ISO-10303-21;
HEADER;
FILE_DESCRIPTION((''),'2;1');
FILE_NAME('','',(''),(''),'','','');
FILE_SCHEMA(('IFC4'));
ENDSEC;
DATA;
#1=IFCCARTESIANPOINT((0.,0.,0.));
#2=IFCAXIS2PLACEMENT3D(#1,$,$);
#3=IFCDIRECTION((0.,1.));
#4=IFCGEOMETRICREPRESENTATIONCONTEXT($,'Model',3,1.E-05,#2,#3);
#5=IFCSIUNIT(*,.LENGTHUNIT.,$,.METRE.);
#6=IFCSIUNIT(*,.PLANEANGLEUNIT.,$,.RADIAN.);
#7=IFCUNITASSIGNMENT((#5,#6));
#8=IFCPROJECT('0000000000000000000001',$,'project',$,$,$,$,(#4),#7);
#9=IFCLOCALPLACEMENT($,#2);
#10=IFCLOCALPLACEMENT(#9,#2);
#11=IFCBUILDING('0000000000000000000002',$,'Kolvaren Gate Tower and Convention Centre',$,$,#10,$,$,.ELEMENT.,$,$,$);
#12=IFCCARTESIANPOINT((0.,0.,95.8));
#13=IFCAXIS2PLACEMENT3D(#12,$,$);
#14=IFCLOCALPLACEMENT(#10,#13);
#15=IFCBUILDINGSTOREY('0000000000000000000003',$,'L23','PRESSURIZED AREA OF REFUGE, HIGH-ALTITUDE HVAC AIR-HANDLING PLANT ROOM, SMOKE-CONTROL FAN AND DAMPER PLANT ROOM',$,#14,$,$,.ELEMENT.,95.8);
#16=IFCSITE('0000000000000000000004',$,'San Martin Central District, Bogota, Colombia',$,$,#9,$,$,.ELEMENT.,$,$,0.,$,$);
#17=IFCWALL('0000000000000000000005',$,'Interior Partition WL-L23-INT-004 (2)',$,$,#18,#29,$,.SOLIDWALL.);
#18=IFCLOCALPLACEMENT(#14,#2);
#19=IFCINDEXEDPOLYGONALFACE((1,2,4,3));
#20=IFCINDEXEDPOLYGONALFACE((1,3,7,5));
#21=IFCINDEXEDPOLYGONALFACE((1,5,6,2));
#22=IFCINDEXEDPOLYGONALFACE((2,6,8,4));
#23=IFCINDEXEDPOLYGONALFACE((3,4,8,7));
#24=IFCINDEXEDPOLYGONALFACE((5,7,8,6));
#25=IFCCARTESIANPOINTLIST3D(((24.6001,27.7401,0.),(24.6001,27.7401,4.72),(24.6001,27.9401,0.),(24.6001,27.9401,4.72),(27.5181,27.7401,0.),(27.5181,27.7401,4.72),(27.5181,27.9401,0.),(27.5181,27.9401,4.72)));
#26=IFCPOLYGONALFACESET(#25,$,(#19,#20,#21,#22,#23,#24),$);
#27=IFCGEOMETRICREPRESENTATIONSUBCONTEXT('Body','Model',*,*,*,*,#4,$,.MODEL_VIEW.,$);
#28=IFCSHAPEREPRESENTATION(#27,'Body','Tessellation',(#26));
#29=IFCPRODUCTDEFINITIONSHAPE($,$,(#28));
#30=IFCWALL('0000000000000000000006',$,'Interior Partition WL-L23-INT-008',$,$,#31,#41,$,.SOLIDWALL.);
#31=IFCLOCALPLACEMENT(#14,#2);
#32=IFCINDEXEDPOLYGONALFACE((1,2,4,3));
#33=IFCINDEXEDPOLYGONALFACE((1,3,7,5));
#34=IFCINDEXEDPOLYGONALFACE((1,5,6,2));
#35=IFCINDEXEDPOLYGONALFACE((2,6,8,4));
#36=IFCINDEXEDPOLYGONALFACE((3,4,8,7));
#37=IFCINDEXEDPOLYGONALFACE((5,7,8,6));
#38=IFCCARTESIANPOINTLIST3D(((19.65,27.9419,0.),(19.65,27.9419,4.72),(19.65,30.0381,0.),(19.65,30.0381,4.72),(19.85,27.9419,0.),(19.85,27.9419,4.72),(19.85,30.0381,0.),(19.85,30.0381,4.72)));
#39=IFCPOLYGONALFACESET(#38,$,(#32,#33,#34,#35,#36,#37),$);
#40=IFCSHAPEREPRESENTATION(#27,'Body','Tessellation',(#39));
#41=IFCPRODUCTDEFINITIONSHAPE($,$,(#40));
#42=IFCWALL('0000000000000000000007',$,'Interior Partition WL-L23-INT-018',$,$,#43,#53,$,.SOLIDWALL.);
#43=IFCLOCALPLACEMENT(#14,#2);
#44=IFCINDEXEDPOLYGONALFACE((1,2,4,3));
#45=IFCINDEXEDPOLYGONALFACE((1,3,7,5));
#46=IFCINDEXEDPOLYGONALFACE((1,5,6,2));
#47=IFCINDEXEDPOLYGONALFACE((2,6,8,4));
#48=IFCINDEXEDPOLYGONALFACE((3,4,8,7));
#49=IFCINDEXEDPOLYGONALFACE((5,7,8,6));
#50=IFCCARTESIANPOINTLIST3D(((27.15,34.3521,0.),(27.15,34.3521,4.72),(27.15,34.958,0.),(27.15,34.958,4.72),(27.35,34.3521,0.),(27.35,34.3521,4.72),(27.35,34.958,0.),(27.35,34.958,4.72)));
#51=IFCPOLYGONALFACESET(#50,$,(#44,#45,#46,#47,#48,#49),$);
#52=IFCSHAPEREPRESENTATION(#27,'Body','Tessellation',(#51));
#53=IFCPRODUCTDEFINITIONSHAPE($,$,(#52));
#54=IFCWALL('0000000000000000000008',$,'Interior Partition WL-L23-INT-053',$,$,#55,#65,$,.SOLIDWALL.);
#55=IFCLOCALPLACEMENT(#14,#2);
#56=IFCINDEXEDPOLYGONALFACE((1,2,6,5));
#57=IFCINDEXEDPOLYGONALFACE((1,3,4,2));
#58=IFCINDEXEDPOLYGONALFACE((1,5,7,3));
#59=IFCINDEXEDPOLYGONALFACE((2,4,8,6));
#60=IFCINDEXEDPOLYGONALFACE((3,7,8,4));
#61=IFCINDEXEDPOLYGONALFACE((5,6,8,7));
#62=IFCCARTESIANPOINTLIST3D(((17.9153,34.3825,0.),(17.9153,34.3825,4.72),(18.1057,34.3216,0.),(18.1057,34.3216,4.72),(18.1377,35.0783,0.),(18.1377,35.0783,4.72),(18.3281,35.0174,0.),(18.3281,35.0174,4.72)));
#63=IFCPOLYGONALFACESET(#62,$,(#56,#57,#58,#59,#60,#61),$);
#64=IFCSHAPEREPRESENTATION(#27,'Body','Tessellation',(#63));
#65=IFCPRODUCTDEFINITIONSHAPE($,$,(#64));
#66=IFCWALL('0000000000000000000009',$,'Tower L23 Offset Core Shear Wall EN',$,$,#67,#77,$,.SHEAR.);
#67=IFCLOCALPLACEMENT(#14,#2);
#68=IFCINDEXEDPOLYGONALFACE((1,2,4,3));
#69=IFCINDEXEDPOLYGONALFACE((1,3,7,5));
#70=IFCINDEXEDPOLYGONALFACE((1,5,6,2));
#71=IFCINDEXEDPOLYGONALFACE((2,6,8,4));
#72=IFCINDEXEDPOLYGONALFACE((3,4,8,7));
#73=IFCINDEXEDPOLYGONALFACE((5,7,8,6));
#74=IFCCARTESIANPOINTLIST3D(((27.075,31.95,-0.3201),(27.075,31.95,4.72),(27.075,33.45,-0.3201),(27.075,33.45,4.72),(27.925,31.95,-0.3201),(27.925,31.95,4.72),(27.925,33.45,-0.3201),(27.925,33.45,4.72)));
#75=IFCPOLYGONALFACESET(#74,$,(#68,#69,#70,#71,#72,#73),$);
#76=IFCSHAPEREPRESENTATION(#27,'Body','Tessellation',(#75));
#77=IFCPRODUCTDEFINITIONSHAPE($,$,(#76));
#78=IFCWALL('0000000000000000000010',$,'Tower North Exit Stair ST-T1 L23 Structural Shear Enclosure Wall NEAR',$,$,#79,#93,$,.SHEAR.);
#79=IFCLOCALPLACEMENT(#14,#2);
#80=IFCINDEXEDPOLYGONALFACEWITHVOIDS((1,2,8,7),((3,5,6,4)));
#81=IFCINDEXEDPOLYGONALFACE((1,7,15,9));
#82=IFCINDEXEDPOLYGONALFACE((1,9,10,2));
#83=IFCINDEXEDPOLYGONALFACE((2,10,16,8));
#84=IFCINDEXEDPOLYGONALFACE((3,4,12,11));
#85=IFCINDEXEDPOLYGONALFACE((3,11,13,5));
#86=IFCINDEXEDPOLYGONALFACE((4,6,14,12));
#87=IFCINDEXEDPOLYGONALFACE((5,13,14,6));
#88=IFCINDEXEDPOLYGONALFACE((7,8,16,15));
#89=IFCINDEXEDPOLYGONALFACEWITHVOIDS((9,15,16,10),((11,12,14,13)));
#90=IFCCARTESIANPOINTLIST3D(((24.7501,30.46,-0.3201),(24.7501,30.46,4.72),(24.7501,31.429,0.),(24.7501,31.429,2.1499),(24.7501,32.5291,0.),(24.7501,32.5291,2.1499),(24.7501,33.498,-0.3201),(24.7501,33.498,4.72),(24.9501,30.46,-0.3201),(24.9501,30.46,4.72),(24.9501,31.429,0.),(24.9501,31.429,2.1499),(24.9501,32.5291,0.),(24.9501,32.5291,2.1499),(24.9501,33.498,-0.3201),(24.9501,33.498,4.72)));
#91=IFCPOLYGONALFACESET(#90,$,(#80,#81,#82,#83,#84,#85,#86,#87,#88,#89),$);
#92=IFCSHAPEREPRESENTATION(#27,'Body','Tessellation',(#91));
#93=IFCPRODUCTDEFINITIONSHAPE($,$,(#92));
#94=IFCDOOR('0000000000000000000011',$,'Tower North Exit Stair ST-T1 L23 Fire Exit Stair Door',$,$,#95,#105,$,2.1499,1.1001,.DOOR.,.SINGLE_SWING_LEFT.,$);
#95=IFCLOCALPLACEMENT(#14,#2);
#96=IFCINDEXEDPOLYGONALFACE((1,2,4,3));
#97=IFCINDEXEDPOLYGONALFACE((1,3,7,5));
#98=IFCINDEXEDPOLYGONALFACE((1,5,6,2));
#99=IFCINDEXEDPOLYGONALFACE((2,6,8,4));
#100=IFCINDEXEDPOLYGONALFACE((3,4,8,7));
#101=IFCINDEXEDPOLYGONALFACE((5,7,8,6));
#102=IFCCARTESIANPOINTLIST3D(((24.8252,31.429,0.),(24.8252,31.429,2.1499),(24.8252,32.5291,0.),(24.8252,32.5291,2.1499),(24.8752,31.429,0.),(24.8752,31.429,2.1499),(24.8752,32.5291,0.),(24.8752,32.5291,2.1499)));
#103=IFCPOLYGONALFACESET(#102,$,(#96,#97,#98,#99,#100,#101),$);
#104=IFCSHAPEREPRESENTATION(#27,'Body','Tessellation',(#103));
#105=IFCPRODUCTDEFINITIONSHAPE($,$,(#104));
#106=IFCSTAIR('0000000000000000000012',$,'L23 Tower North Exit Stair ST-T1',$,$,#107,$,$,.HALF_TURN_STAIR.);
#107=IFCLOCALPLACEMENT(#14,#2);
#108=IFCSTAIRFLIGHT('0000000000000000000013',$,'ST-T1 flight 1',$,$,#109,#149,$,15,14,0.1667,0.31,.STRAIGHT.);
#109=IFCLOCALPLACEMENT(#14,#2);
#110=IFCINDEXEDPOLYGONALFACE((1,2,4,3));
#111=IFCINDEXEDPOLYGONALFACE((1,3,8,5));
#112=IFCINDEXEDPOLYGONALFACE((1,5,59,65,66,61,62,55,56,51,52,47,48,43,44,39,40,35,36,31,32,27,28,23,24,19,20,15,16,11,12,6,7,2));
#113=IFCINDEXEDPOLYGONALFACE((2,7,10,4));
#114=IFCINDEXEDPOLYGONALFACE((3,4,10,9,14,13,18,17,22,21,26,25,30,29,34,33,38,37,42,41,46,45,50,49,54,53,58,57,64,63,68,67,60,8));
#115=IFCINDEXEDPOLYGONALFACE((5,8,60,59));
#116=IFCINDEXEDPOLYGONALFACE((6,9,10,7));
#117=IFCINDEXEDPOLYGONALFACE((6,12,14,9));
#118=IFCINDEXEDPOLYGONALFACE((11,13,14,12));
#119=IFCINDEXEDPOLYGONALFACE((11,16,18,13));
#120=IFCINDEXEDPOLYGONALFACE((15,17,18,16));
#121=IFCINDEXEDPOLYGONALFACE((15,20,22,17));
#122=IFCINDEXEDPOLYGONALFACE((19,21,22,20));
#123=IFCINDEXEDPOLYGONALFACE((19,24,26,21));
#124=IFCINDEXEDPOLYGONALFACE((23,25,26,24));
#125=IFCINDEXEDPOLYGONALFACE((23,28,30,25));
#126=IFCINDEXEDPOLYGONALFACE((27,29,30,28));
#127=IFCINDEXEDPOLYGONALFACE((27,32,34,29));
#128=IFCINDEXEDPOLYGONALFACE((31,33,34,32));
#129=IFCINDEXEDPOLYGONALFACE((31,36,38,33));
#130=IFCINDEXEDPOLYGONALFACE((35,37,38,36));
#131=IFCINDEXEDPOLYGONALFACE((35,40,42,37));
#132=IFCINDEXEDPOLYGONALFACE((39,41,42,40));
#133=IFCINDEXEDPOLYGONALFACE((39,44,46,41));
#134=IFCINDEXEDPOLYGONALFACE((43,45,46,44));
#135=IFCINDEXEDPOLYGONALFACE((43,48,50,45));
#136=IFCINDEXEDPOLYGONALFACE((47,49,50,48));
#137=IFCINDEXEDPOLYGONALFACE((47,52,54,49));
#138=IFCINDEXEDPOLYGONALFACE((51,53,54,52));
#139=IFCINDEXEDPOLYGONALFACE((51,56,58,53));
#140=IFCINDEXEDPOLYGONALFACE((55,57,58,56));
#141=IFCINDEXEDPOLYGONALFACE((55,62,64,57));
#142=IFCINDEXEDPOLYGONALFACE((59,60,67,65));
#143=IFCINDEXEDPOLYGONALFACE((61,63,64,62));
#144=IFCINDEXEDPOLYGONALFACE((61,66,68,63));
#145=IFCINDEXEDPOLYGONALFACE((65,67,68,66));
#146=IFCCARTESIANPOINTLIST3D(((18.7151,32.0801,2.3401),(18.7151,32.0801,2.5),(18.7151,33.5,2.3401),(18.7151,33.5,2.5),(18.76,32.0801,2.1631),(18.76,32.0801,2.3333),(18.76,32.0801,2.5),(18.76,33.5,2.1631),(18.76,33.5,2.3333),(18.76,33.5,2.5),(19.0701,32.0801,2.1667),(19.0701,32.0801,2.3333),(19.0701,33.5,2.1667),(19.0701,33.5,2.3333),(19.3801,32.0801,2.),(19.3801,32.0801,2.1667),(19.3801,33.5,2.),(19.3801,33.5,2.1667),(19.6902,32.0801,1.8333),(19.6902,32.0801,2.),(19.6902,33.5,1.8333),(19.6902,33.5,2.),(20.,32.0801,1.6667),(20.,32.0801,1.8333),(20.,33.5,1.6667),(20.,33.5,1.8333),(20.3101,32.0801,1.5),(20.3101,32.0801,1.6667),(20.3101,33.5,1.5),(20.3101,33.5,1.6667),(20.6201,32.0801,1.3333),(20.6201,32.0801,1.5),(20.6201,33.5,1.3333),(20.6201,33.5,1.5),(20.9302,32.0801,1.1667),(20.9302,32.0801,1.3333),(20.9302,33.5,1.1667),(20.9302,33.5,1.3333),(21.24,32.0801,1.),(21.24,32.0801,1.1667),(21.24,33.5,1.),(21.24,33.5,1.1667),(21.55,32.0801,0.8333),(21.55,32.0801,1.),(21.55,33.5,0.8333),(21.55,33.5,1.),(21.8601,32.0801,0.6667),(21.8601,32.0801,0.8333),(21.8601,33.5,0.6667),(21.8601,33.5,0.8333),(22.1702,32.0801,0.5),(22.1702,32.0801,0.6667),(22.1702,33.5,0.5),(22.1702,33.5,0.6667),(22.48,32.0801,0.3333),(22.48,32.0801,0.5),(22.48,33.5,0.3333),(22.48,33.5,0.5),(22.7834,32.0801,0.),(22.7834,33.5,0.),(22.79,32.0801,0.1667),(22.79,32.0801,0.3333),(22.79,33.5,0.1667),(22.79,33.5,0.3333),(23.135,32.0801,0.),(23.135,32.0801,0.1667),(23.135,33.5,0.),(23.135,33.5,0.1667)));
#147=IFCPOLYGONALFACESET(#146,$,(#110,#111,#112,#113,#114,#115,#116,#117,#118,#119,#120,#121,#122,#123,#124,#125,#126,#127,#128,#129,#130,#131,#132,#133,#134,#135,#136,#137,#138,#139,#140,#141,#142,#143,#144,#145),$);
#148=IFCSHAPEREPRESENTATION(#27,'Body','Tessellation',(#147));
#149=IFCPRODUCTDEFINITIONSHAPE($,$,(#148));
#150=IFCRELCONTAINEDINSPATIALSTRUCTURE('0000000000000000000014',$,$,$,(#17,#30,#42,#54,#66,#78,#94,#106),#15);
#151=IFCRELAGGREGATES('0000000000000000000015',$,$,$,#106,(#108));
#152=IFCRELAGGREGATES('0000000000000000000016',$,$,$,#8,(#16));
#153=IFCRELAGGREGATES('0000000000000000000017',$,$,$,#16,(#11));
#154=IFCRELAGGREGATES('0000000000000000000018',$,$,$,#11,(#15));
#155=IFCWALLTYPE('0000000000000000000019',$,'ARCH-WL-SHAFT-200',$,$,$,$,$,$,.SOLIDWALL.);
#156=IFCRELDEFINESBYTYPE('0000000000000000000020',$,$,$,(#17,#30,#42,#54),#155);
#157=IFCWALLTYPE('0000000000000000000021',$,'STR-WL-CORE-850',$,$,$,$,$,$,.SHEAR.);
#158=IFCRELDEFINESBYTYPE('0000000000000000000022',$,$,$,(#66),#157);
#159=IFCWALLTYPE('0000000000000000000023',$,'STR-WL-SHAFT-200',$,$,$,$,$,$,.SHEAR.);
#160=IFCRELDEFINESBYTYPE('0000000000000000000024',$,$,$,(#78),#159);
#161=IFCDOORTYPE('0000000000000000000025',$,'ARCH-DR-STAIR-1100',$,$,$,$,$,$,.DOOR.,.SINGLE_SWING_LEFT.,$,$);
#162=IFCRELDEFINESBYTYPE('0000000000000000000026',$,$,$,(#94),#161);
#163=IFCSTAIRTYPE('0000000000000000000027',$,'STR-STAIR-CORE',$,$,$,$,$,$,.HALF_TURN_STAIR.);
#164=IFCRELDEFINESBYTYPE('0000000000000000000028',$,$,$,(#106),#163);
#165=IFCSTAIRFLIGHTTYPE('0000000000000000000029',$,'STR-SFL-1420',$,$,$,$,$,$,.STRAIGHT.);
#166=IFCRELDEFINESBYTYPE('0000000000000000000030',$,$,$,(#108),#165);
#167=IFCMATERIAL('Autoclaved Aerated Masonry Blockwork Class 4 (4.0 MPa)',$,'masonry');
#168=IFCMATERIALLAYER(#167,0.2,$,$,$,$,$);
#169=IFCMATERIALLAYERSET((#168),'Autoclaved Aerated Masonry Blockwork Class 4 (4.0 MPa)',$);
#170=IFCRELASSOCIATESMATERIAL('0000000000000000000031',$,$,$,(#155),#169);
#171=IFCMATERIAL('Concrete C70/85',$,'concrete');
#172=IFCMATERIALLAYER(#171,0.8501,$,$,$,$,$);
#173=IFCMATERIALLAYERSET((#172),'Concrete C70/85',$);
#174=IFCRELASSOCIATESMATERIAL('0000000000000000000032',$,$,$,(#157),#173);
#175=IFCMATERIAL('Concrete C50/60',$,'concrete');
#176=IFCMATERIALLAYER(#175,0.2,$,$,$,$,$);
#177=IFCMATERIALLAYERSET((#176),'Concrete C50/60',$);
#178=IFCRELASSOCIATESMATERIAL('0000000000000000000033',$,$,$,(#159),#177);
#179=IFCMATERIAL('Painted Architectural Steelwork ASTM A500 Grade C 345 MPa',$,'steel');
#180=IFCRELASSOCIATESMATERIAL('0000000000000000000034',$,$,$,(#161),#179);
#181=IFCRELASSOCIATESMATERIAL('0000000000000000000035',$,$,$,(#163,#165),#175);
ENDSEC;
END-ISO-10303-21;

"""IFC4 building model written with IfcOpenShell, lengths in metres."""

from ifc_helpers import new_model, si_unit, direction, frame, frame_2d, origin, place, context, subcontext, project, spatial, polyline, rectangle, outline, extrude, material, layer, layer_set, type_object, element, fill, aggregate, save


model = new_model("IFC4")

# Units and contexts
model_context = context("Model", 3, precision=1e-05, world=origin(), true_north=direction((0.0, 1.0)))
body_context = subcontext(model_context, "Body", "Model", "MODEL_VIEW")
ifc_project = project(units=[si_unit("LENGTHUNIT", "METRE"), si_unit("PLANEANGLEUNIT", "RADIAN")], contexts=[model_context])

# Site, building, storey
site_placement = place(None, origin())
site = spatial("IfcSite", under=ifc_project, at=site_placement, Name="San Martin Central District, Bogota, Colombia", CompositionType="ELEMENT", RefElevation=0.0)
building_placement = place(site_placement, origin())
building = spatial("IfcBuilding", under=site, at=building_placement, Name="Kolvaren Gate Tower and Convention Centre", CompositionType="ELEMENT")
storey_placement = place(building_placement, frame((0.0, 0.0, 95.8)))
storey = spatial("IfcBuildingStorey", under=building, at=storey_placement, Name="L23", Description="PRESSURIZED AREA OF REFUGE, HIGH-ALTITUDE HVAC AIR-HANDLING PLANT ROOM, SMOKE-CONTROL FAN AND DAMPER PLANT ROOM", CompositionType="ELEMENT", Elevation=95.8)

# Shared definitions
ifc_material_1 = material(Name="Concrete C70/85", Category="concrete")

# Shared definitions
ifc_material_2 = material(Name="Autoclaved Aerated Masonry Blockwork Class 4 (4.0 MPa)", Category="masonry")
ifc_layer_1 = layer(ifc_material_2, 0.2)
ifc_layer_set_1 = layer_set([ifc_layer_1], Name="Autoclaved Aerated Masonry Blockwork Class 4 (4.0 MPa)")
wall_type_1 = type_object("IfcWallType", Name="ARCH-WL-SHAFT-200", PredefinedType="SOLIDWALL", material=ifc_layer_set_1)

# Walls
wall_1_placement = place(storey_placement, frame((24.6001, 27.8401, 0.0), z_axis=(0.0, 0.0, 1.0), x_axis=(1.0, 0.0, 0.0)))
element("IfcWall", 1, at=wall_1_placement, inside=storey, type_object=wall_type_1, Name="Interior Partition WL-L23-INT-004 (2)", PredefinedType="SOLIDWALL", context=body_context, shape_type="SweptSolid", body=[
    extrude(rectangle(XDim=2.918, YDim=0.2, at=frame_2d((1.459, 0.0))), origin(), (0.0, 0.0, 1.0), 4.72),
])
wall_2_placement = place(storey_placement, frame((19.75, 27.9419, 0.0), z_axis=(0.0, 0.0, 1.0), x_axis=(0.0, 1.0, 0.0)))
element("IfcWall", 2, at=wall_2_placement, inside=storey, type_object=wall_type_1, Name="Interior Partition WL-L23-INT-008", PredefinedType="SOLIDWALL", context=body_context, shape_type="SweptSolid", body=[
    extrude(rectangle(XDim=2.0962, YDim=0.2, at=frame_2d((1.0481, 0.0))), origin(), (0.0, 0.0, 1.0), 4.72),
])
wall_3_placement = place(storey_placement, frame((27.25, 34.3521, 0.0), z_axis=(0.0, 0.0, 1.0), x_axis=(0.0, 1.0, 0.0)))
element("IfcWall", 3, at=wall_3_placement, inside=storey, type_object=wall_type_1, Name="Interior Partition WL-L23-INT-018", PredefinedType="SOLIDWALL", context=body_context, shape_type="SweptSolid", body=[
    extrude(rectangle(XDim=0.606, YDim=0.2, at=frame_2d((0.303, 0.0))), origin(), (0.0, 0.0, 1.0), 4.72),
])
wall_4_placement = place(storey_placement, frame((18.0105, 34.3521, 0.0), z_axis=(0.0, 0.0, 1.0), x_axis=(0.304473, 0.952521, 0.0)))
element("IfcWall", 4, at=wall_4_placement, inside=storey, type_object=wall_type_1, Name="Interior Partition WL-L23-INT-053", PredefinedType="SOLIDWALL", context=body_context, shape_type="SweptSolid", body=[
    extrude(rectangle(XDim=0.7305, YDim=0.2, at=frame_2d((0.3652, 0.0))), origin(), (0.0, 0.0, 1.0), 4.72),
])
ifc_layer_2 = layer(ifc_material_1, 0.8501)
ifc_layer_set_2 = layer_set([ifc_layer_2], Name="Concrete C70/85")
wall_type_2 = type_object("IfcWallType", Name="STR-WL-CORE-850", PredefinedType="SHEAR", material=ifc_layer_set_2)
wall_5_placement = place(storey_placement, frame((27.5, 31.95, -0.3201), z_axis=(0.0, 0.0, 1.0), x_axis=(0.0, 1.0, 0.0)))
element("IfcWall", 5, at=wall_5_placement, inside=storey, type_object=wall_type_2, Name="Tower L23 Offset Core Shear Wall EN", PredefinedType="SHEAR", context=body_context, shape_type="SweptSolid", body=[
    extrude(rectangle(XDim=1.5, YDim=0.8501, at=frame_2d((0.75, 0.0))), origin(), (0.0, 0.0, 1.0), 5.04),
])

# Wall, opening, door
ifc_material_3 = material(Name="Concrete C50/60", Category="concrete")
ifc_layer_3 = layer(ifc_material_3, 0.2)
ifc_layer_set_3 = layer_set([ifc_layer_3], Name="Concrete C50/60")
wall_type_3 = type_object("IfcWallType", Name="STR-WL-SHAFT-200", PredefinedType="SHEAR", material=ifc_layer_set_3)
wall_6_placement = place(storey_placement, frame((24.8501, 30.46, -0.3201), z_axis=(0.0, 0.0, 1.0), x_axis=(0.0, 1.0, 0.0)))
wall_6 = element("IfcWall", 6, at=wall_6_placement, inside=storey, type_object=wall_type_3, Name="Tower North Exit Stair ST-T1 L23 Structural Shear Enclosure Wall NEAR", PredefinedType="SHEAR", context=body_context, shape_type="SweptSolid", body=[
    extrude(rectangle(XDim=3.0381, YDim=0.2, at=frame_2d((1.519, 0.0))), origin(), (0.0, 0.0, 1.0), 5.04),
])
opening_1_placement = place(wall_6_placement, frame((0.969, 0.0, 0.3201)))
opening_1 = element("IfcOpeningElement", 7, at=opening_1_placement, cuts=wall_6, PredefinedType="OPENING", context=body_context, shape_type="SweptSolid", body=[
    extrude(rectangle(XDim=1.1001, YDim=2.1499, at=frame_2d((0.55, 1.075))), frame((0.0, 0.1099, 0.0), z_axis=(0.0, -1.0, 0.0), x_axis=(1.0, 0.0, 0.0)), (0.0, 0.0, 1.0), 0.22),
])
ifc_material_4 = material(Name="Painted Architectural Steelwork ASTM A500 Grade C 345 MPa", Category="steel")
door_type_1 = type_object("IfcDoorType", Name="ARCH-DR-STAIR-1100", OperationType="SINGLE_SWING_LEFT", PredefinedType="DOOR", material=ifc_material_4)
door_1_placement = place(opening_1_placement, origin())
door_1 = element("IfcDoor", 8, at=door_1_placement, inside=storey, type_object=door_type_1, Name="Tower North Exit Stair ST-T1 L23 Fire Exit Stair Door", OperationType="SINGLE_SWING_LEFT", OverallHeight=2.1499, OverallWidth=1.1001, PredefinedType="DOOR", context=body_context, shape_type="SweptSolid", body=[
    extrude(rectangle(XDim=1.1001, YDim=2.1499, at=frame_2d((0.55, 1.075))), frame((0.0, 0.0249, 0.0), z_axis=(0.0, -1.0, 0.0), x_axis=(1.0, 0.0, 0.0)), (0.0, 0.0, 1.0), 0.05),
])
fill(opening_1, door_1)

# Stair, stair flight
stair_type = type_object("IfcStairType", Name="STR-STAIR-CORE", PredefinedType="HALF_TURN_STAIR", material=ifc_material_3)
stair_placement = place(storey_placement, origin())
stair = element("IfcStair", 9, at=stair_placement, inside=storey, type_object=stair_type, Name="L23 Tower North Exit Stair ST-T1", PredefinedType="HALF_TURN_STAIR")
stair_flight_type = type_object("IfcStairFlightType", Name="STR-SFL-1420", PredefinedType="STRAIGHT", material=ifc_material_3)
stair_flight_1_placement = place(storey_placement, frame((23.1001, 32.79, 0.0), z_axis=(0.0, 0.0, 1.0), x_axis=(-1.0, 0.0, 0.0)))
stair_flight_1 = element("IfcStairFlight", 10, at=stair_flight_1_placement, type_object=stair_flight_type, Name="ST-T1 flight 1", NumberOfRisers=15, NumberOfTreads=14, PredefinedType="STRAIGHT", RiserHeight=0.1667, TreadLength=0.31, context=body_context, shape_type="SweptSolid", body=[
    extrude(outline(polyline([(-0.0349, 0.0), (-0.0349, 0.1667), (0.3101, 0.1667), (0.3101, 0.3333), (0.6201, 0.3333), (0.6201, 0.5), (0.9299, 0.5), (0.9299, 0.6667), (1.24, 0.6667), (1.24, 0.8333), (1.55, 0.8333), (1.55, 1.0), (1.8601, 1.0), (1.8601, 1.1667), (2.1699, 1.1667), (2.1699, 1.3333), (2.48, 1.3333), (2.48, 1.5), (2.79, 1.5), (2.79, 1.6667), (3.1001, 1.6667), (3.1001, 1.8333), (3.4099, 1.8333), (3.4099, 2.0), (3.72, 2.0), (3.72, 2.1667), (4.03, 2.1667), (4.03, 2.3333), (4.3401, 2.3333), (4.3401, 2.5), (4.385, 2.5), (4.385, 2.3401), (4.3401, 2.1631), (0.3167, 0.0), (-0.0349, 0.0)])), frame((0.0, 0.71, 0.0), z_axis=(0.0, -1.0, 0.0), x_axis=(1.0, 0.0, 0.0)), (0.0, 0.0, 1.0), 1.4199),
])
aggregate(stair, [stair_flight_1])

save(model, "model.ifc")
